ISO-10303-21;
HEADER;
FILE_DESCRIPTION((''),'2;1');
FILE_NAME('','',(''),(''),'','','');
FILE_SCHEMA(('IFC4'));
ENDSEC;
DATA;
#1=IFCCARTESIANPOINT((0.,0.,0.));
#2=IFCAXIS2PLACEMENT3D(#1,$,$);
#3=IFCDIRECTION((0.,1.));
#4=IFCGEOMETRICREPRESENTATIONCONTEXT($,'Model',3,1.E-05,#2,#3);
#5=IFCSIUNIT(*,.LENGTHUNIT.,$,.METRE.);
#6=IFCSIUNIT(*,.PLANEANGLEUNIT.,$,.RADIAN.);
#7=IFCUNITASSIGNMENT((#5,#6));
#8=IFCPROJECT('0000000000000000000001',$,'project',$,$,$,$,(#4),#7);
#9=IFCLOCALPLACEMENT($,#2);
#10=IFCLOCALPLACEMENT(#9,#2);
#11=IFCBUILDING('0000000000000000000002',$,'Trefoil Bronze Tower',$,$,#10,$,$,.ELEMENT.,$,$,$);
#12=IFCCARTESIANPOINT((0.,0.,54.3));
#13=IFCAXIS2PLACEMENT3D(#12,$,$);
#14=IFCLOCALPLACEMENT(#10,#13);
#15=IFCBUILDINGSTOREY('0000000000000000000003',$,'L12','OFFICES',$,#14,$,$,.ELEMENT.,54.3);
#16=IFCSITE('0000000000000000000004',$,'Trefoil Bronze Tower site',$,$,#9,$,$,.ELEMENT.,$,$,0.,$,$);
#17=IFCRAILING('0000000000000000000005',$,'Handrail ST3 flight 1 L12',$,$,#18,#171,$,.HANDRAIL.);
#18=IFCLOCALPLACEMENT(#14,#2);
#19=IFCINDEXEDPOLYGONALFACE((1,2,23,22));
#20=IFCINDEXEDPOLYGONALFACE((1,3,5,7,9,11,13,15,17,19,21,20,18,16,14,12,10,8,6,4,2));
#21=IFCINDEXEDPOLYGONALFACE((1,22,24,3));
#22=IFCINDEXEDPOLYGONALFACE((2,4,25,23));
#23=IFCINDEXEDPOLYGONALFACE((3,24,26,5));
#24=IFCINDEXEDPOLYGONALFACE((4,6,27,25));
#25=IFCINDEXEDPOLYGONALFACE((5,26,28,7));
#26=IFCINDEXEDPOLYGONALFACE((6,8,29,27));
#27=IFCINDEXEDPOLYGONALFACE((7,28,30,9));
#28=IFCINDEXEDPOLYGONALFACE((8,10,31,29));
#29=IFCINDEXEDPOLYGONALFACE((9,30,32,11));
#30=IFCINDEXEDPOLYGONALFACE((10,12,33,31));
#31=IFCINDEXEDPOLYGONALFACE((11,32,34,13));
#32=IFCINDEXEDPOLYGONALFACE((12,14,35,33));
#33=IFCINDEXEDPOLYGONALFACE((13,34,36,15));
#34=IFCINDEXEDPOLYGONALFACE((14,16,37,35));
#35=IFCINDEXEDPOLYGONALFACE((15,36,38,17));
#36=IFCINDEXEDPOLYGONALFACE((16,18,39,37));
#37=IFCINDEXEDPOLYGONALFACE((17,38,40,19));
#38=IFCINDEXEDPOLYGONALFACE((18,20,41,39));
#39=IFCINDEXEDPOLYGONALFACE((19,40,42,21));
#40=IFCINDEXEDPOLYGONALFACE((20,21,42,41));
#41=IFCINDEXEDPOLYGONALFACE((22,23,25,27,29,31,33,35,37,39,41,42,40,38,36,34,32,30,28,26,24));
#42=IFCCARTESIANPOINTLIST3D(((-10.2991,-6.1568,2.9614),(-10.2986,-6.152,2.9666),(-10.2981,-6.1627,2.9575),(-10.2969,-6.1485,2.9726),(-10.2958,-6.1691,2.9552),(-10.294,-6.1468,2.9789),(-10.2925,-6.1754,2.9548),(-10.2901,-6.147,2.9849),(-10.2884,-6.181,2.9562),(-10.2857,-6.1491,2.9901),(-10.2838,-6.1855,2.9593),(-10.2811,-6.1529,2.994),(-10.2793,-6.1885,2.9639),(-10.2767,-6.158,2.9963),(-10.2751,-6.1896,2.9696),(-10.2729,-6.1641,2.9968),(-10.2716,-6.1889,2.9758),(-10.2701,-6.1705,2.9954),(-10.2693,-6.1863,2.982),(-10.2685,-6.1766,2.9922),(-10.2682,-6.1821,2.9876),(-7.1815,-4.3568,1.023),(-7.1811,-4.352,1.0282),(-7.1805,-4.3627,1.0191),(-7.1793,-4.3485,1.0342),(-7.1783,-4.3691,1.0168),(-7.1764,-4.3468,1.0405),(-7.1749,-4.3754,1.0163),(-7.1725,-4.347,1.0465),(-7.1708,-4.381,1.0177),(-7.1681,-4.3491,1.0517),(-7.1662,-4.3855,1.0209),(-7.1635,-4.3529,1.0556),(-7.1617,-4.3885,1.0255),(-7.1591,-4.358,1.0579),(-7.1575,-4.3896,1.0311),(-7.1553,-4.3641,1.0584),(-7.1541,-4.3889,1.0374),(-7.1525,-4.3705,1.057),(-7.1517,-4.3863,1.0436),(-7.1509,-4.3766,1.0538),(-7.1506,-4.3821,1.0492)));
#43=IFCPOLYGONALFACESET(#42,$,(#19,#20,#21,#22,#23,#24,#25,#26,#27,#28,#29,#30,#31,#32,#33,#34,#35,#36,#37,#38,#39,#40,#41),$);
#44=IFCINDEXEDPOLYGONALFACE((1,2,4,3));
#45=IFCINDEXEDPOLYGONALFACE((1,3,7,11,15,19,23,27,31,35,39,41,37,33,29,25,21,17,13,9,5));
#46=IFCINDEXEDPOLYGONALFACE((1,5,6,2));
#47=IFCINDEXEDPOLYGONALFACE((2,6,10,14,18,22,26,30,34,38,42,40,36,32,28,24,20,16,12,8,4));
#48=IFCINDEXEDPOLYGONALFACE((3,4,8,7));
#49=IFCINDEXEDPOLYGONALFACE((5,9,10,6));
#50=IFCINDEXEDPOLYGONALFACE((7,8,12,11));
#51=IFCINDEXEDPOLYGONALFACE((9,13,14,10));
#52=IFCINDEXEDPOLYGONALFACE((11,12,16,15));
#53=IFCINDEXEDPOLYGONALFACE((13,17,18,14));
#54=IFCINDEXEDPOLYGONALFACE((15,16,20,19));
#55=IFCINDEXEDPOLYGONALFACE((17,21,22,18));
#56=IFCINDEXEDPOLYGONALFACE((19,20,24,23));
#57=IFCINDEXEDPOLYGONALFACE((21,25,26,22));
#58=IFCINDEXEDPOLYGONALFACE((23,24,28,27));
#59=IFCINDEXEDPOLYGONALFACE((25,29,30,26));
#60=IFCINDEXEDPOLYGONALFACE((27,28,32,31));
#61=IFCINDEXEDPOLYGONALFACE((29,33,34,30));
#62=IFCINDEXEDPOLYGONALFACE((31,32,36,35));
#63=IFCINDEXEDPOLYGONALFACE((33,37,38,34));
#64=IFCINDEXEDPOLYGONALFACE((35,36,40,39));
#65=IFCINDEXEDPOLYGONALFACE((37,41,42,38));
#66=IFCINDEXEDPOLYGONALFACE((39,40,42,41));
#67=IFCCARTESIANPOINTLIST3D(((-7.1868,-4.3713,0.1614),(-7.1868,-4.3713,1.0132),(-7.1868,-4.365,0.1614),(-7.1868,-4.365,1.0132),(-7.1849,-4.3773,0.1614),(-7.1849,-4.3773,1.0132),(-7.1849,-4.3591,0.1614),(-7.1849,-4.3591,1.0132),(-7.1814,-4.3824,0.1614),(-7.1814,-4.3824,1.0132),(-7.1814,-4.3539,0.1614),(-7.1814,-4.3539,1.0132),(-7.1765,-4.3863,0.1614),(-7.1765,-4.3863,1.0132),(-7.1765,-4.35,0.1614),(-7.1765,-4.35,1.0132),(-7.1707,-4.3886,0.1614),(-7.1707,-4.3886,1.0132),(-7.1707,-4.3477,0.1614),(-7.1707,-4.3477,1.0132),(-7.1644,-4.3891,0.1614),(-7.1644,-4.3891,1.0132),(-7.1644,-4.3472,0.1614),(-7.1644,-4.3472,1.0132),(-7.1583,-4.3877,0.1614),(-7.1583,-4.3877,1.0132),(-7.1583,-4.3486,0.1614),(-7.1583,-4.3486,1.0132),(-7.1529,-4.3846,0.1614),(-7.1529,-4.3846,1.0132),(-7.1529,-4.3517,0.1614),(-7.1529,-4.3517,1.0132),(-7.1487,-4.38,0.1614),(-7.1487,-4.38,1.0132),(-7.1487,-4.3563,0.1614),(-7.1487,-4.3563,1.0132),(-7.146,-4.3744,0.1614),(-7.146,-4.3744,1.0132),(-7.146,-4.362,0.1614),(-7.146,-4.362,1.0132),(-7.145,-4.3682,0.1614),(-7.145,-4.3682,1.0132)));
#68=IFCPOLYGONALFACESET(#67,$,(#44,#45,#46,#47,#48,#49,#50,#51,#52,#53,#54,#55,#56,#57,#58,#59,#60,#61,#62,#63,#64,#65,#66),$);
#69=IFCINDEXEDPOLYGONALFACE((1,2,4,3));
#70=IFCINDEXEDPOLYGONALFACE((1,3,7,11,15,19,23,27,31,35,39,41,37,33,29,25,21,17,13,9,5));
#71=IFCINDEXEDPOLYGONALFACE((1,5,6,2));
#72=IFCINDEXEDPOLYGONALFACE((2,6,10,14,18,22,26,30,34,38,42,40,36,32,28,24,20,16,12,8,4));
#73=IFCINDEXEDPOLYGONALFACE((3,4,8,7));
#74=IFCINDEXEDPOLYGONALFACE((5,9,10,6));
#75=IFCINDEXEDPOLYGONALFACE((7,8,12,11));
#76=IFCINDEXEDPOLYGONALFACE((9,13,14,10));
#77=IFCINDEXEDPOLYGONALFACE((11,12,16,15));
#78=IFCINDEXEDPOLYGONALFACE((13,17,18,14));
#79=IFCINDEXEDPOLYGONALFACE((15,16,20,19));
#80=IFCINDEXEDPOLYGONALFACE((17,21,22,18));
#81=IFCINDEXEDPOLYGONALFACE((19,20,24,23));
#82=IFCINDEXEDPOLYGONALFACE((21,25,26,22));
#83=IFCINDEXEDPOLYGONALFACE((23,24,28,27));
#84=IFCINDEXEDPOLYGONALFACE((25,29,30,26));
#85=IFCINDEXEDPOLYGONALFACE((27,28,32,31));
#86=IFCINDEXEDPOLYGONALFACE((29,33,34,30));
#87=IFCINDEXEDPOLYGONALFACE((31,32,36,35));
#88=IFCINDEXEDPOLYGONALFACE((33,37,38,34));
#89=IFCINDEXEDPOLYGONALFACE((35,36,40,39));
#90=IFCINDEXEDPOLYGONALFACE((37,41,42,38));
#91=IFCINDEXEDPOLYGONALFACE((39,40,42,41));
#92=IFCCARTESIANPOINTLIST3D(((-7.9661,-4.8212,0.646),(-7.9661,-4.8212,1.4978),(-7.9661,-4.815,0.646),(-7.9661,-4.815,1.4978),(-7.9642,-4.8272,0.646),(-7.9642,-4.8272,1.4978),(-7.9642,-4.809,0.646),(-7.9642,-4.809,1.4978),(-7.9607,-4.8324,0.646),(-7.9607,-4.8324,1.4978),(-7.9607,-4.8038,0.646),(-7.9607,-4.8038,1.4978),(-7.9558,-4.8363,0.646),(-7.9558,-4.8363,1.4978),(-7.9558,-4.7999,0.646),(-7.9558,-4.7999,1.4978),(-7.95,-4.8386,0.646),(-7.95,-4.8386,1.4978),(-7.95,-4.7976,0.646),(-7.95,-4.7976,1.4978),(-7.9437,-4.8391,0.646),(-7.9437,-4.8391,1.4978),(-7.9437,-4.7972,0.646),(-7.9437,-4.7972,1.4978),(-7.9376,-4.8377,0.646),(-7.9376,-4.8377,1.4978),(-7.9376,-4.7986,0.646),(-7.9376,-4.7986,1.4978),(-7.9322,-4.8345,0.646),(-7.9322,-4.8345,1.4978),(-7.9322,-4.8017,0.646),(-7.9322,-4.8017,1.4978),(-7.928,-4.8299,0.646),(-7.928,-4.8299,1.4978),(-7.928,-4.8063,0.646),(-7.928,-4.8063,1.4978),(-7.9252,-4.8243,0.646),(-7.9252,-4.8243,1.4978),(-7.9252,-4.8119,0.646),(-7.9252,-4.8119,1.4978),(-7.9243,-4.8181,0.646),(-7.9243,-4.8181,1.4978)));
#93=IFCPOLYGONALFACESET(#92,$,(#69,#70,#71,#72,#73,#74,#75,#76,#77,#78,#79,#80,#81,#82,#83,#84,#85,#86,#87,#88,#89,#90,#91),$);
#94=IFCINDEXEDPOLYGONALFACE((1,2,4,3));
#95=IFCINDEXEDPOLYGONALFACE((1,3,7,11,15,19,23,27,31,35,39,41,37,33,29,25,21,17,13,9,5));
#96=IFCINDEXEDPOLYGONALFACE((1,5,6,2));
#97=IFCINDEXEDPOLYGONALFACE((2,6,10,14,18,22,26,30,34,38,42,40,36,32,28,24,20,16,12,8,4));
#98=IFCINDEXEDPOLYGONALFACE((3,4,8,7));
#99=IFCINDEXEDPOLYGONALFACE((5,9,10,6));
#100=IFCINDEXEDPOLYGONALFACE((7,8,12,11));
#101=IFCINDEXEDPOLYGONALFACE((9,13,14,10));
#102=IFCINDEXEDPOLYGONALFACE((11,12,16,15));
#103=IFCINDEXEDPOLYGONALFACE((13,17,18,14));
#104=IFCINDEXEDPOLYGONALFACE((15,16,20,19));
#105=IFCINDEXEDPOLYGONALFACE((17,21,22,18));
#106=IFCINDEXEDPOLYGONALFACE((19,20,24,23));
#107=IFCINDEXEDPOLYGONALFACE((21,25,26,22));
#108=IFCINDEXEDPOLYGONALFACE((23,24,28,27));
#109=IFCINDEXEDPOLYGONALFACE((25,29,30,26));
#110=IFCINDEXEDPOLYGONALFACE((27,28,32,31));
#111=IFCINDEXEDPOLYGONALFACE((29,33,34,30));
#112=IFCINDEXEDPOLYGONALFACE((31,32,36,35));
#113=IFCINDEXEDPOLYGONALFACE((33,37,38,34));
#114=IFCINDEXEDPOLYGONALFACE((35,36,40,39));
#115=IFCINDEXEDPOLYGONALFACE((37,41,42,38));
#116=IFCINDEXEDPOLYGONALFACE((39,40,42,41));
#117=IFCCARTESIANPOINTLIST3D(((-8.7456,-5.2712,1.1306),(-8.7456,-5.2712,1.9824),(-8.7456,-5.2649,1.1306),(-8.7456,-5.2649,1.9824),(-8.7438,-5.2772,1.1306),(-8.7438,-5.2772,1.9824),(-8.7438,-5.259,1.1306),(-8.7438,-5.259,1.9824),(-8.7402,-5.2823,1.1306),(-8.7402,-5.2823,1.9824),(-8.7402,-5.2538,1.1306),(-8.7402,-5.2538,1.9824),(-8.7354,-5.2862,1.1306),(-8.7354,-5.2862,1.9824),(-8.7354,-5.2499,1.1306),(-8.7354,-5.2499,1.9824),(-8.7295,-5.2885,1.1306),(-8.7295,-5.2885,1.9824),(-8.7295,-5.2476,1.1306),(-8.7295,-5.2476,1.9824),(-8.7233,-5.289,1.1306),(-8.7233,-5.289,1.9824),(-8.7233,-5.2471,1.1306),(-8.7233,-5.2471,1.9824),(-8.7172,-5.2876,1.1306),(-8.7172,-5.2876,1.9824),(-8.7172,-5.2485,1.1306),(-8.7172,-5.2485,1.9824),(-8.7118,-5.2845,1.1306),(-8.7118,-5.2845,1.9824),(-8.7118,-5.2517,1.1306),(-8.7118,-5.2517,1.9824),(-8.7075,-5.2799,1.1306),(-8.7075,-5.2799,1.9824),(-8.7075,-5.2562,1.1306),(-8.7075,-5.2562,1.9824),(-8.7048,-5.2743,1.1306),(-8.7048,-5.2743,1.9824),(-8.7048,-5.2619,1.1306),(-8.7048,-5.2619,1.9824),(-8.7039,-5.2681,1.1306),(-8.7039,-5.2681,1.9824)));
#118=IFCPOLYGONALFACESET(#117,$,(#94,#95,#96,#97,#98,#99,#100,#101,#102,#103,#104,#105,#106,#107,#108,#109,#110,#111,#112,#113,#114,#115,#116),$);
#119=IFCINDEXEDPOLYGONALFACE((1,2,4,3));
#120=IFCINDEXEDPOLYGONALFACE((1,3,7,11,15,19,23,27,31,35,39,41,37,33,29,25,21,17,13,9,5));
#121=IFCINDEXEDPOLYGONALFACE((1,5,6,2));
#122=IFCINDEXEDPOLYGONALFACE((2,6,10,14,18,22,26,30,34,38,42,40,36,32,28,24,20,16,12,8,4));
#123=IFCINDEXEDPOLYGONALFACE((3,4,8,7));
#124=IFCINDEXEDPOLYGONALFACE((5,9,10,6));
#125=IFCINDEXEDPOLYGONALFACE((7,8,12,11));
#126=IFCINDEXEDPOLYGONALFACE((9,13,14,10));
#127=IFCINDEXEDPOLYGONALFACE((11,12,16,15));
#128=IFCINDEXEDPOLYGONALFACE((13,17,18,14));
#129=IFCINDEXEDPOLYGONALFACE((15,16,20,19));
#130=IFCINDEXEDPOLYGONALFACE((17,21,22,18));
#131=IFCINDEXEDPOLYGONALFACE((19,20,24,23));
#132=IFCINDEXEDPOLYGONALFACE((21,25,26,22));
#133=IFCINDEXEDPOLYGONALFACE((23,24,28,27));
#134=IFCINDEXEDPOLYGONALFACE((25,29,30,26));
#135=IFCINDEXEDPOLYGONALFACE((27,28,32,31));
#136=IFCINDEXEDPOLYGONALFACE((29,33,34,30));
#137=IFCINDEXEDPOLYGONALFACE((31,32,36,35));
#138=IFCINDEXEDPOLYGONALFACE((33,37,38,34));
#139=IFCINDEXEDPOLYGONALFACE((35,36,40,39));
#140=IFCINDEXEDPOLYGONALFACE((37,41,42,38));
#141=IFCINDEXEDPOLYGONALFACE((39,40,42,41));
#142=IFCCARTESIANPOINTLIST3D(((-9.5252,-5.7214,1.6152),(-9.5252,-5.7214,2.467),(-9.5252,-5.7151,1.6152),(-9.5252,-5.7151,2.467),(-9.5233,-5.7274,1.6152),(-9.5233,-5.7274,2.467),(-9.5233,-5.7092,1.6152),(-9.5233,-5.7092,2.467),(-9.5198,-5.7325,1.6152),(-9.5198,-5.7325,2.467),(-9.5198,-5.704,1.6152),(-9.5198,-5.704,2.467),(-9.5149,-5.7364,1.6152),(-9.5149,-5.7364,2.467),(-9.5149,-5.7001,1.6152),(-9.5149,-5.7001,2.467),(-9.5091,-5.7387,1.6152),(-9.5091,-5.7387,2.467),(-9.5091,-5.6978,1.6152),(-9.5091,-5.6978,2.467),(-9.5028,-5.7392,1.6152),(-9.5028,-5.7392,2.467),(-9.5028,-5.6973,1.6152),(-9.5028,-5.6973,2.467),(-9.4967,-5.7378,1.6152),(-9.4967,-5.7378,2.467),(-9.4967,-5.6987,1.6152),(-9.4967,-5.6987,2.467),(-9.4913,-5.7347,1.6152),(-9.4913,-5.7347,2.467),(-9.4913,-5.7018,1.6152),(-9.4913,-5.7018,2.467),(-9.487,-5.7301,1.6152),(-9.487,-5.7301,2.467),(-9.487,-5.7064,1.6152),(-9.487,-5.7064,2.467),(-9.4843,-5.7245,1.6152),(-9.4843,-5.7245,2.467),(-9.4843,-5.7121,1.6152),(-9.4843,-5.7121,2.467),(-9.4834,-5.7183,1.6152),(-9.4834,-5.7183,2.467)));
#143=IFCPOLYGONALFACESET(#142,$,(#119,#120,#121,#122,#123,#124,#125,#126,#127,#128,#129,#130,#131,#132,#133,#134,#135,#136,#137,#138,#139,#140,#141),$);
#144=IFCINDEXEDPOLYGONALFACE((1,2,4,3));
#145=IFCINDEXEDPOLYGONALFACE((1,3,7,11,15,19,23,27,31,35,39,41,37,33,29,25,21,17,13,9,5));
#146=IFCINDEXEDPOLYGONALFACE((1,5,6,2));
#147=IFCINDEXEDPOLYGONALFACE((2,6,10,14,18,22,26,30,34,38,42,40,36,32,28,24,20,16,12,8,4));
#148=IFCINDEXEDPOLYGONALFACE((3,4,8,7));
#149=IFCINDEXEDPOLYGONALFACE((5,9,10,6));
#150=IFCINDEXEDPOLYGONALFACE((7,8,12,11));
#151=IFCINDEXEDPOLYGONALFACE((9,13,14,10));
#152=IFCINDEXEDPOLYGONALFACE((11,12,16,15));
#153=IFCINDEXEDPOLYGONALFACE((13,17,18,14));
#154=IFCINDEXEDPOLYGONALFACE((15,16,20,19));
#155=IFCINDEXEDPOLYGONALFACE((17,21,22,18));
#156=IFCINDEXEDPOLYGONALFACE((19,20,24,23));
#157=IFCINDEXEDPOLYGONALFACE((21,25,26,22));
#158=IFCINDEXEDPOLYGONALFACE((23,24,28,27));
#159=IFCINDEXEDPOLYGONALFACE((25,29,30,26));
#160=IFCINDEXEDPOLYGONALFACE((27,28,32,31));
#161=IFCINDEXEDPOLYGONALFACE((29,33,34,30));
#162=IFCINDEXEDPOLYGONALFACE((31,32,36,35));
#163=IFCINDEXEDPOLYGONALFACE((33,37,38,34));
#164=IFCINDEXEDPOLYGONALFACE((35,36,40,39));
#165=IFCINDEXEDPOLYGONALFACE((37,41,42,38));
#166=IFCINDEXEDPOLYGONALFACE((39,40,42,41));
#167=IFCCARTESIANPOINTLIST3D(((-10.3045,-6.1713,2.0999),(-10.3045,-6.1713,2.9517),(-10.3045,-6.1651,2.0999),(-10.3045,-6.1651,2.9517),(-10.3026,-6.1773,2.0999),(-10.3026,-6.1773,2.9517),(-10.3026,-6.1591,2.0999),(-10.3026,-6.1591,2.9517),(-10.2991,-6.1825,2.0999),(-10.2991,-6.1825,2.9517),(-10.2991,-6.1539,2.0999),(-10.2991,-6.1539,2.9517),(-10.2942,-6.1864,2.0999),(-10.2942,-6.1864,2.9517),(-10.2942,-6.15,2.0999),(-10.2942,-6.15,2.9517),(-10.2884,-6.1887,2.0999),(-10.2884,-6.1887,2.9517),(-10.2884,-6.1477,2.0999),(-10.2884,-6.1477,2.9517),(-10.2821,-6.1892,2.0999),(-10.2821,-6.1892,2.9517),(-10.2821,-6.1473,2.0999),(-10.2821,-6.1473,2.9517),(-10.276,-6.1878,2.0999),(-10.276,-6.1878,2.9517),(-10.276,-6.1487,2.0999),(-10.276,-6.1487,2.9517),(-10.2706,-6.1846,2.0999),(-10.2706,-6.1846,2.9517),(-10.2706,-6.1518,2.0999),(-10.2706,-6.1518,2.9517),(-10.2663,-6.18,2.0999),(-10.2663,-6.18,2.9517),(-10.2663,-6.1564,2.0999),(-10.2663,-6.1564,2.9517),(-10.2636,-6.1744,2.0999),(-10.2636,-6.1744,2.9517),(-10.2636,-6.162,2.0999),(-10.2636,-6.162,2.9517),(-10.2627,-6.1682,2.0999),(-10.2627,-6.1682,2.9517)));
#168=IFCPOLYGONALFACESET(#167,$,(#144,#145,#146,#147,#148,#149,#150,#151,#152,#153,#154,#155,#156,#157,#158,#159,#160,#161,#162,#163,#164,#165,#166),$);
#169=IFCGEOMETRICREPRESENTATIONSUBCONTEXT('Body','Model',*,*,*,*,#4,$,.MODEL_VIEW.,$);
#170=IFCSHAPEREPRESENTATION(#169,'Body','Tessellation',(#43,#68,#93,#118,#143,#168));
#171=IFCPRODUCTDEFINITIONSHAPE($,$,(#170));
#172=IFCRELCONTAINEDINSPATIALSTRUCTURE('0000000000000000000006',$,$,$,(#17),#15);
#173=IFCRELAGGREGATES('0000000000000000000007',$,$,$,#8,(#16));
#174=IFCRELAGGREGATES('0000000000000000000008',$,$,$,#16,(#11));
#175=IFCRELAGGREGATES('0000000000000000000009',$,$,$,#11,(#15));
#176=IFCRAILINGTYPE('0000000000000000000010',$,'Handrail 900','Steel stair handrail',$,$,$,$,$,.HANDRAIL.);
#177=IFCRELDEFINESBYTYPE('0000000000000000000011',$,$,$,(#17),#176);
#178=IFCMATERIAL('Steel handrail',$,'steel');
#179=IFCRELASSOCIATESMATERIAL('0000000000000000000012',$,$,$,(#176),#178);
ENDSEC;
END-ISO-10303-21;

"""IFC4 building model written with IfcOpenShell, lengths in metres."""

from ifc_helpers import new_model, si_unit, direction, frame, origin, origin_2d, place, context, subcontext, project, spatial, circle, extrude, material, type_object, element, save


model = new_model("IFC4")

# Units and contexts
model_context = context("Model", 3, precision=1e-05, world=origin(), true_north=direction((0.0, 1.0)))
body_context = subcontext(model_context, "Body", "Model", "MODEL_VIEW")
ifc_project = project(units=[si_unit("LENGTHUNIT", "METRE"), si_unit("PLANEANGLEUNIT", "RADIAN")], contexts=[model_context])

# Site, building, storey
site_placement = place(None, origin())
site = spatial("IfcSite", under=ifc_project, at=site_placement, Name="Trefoil Bronze Tower site", CompositionType="ELEMENT", RefElevation=0.0)
building_placement = place(site_placement, origin())
building = spatial("IfcBuilding", under=site, at=building_placement, Name="Trefoil Bronze Tower", CompositionType="ELEMENT")
storey_placement = place(building_placement, frame((0.0, 0.0, 54.3)))
storey = spatial("IfcBuildingStorey", under=building, at=storey_placement, Name="L12", Description="OFFICES", CompositionType="ELEMENT", Elevation=54.3)

# Railing
ifc_material_1 = material(Name="Steel handrail", Category="steel")
railing_type = type_object("IfcRailingType", Name="Handrail 900", Description="Steel stair handrail", PredefinedType="HANDRAIL", material=ifc_material_1)
railing_1_placement = place(storey_placement, frame((-7.166, -4.3682, 0.1614)))
element("IfcRailing", 1, at=railing_1_placement, inside=storey, type_object=railing_type, Name="Handrail ST3 flight 1 L12", PredefinedType="HANDRAIL", context=body_context, shape_type="SweptSolid", body=[
    extrude(circle(Radius=0.0239, at=origin_2d()), frame((0.0, 0.0, 0.876), z_axis=(-0.762503, -0.440246, 0.474102), x_axis=(0.500012, -0.866018, 0.0)), (0.0, 0.0, 1.0), 4.0886),
    extrude(circle(Radius=0.021, at=origin_2d()), origin(), (0.0, 0.0, 1.0), 0.8518),
    extrude(circle(Radius=0.021, at=origin_2d()), frame((-0.7793, -0.45, 0.4846)), (0.0, 0.0, 1.0), 0.8518),
    extrude(circle(Radius=0.021, at=origin_2d()), frame((-1.5588, -0.8999, 0.9692)), (0.0, 0.0, 1.0), 0.8518),
    extrude(circle(Radius=0.021, at=origin_2d()), frame((-2.3384, -1.3501, 1.4539)), (0.0, 0.0, 1.0), 0.8518),
    extrude(circle(Radius=0.021, at=origin_2d()), frame((-3.1177, -1.8, 1.9385)), (0.0, 0.0, 1.0), 0.8518),
])

save(model, "model.ifc")
